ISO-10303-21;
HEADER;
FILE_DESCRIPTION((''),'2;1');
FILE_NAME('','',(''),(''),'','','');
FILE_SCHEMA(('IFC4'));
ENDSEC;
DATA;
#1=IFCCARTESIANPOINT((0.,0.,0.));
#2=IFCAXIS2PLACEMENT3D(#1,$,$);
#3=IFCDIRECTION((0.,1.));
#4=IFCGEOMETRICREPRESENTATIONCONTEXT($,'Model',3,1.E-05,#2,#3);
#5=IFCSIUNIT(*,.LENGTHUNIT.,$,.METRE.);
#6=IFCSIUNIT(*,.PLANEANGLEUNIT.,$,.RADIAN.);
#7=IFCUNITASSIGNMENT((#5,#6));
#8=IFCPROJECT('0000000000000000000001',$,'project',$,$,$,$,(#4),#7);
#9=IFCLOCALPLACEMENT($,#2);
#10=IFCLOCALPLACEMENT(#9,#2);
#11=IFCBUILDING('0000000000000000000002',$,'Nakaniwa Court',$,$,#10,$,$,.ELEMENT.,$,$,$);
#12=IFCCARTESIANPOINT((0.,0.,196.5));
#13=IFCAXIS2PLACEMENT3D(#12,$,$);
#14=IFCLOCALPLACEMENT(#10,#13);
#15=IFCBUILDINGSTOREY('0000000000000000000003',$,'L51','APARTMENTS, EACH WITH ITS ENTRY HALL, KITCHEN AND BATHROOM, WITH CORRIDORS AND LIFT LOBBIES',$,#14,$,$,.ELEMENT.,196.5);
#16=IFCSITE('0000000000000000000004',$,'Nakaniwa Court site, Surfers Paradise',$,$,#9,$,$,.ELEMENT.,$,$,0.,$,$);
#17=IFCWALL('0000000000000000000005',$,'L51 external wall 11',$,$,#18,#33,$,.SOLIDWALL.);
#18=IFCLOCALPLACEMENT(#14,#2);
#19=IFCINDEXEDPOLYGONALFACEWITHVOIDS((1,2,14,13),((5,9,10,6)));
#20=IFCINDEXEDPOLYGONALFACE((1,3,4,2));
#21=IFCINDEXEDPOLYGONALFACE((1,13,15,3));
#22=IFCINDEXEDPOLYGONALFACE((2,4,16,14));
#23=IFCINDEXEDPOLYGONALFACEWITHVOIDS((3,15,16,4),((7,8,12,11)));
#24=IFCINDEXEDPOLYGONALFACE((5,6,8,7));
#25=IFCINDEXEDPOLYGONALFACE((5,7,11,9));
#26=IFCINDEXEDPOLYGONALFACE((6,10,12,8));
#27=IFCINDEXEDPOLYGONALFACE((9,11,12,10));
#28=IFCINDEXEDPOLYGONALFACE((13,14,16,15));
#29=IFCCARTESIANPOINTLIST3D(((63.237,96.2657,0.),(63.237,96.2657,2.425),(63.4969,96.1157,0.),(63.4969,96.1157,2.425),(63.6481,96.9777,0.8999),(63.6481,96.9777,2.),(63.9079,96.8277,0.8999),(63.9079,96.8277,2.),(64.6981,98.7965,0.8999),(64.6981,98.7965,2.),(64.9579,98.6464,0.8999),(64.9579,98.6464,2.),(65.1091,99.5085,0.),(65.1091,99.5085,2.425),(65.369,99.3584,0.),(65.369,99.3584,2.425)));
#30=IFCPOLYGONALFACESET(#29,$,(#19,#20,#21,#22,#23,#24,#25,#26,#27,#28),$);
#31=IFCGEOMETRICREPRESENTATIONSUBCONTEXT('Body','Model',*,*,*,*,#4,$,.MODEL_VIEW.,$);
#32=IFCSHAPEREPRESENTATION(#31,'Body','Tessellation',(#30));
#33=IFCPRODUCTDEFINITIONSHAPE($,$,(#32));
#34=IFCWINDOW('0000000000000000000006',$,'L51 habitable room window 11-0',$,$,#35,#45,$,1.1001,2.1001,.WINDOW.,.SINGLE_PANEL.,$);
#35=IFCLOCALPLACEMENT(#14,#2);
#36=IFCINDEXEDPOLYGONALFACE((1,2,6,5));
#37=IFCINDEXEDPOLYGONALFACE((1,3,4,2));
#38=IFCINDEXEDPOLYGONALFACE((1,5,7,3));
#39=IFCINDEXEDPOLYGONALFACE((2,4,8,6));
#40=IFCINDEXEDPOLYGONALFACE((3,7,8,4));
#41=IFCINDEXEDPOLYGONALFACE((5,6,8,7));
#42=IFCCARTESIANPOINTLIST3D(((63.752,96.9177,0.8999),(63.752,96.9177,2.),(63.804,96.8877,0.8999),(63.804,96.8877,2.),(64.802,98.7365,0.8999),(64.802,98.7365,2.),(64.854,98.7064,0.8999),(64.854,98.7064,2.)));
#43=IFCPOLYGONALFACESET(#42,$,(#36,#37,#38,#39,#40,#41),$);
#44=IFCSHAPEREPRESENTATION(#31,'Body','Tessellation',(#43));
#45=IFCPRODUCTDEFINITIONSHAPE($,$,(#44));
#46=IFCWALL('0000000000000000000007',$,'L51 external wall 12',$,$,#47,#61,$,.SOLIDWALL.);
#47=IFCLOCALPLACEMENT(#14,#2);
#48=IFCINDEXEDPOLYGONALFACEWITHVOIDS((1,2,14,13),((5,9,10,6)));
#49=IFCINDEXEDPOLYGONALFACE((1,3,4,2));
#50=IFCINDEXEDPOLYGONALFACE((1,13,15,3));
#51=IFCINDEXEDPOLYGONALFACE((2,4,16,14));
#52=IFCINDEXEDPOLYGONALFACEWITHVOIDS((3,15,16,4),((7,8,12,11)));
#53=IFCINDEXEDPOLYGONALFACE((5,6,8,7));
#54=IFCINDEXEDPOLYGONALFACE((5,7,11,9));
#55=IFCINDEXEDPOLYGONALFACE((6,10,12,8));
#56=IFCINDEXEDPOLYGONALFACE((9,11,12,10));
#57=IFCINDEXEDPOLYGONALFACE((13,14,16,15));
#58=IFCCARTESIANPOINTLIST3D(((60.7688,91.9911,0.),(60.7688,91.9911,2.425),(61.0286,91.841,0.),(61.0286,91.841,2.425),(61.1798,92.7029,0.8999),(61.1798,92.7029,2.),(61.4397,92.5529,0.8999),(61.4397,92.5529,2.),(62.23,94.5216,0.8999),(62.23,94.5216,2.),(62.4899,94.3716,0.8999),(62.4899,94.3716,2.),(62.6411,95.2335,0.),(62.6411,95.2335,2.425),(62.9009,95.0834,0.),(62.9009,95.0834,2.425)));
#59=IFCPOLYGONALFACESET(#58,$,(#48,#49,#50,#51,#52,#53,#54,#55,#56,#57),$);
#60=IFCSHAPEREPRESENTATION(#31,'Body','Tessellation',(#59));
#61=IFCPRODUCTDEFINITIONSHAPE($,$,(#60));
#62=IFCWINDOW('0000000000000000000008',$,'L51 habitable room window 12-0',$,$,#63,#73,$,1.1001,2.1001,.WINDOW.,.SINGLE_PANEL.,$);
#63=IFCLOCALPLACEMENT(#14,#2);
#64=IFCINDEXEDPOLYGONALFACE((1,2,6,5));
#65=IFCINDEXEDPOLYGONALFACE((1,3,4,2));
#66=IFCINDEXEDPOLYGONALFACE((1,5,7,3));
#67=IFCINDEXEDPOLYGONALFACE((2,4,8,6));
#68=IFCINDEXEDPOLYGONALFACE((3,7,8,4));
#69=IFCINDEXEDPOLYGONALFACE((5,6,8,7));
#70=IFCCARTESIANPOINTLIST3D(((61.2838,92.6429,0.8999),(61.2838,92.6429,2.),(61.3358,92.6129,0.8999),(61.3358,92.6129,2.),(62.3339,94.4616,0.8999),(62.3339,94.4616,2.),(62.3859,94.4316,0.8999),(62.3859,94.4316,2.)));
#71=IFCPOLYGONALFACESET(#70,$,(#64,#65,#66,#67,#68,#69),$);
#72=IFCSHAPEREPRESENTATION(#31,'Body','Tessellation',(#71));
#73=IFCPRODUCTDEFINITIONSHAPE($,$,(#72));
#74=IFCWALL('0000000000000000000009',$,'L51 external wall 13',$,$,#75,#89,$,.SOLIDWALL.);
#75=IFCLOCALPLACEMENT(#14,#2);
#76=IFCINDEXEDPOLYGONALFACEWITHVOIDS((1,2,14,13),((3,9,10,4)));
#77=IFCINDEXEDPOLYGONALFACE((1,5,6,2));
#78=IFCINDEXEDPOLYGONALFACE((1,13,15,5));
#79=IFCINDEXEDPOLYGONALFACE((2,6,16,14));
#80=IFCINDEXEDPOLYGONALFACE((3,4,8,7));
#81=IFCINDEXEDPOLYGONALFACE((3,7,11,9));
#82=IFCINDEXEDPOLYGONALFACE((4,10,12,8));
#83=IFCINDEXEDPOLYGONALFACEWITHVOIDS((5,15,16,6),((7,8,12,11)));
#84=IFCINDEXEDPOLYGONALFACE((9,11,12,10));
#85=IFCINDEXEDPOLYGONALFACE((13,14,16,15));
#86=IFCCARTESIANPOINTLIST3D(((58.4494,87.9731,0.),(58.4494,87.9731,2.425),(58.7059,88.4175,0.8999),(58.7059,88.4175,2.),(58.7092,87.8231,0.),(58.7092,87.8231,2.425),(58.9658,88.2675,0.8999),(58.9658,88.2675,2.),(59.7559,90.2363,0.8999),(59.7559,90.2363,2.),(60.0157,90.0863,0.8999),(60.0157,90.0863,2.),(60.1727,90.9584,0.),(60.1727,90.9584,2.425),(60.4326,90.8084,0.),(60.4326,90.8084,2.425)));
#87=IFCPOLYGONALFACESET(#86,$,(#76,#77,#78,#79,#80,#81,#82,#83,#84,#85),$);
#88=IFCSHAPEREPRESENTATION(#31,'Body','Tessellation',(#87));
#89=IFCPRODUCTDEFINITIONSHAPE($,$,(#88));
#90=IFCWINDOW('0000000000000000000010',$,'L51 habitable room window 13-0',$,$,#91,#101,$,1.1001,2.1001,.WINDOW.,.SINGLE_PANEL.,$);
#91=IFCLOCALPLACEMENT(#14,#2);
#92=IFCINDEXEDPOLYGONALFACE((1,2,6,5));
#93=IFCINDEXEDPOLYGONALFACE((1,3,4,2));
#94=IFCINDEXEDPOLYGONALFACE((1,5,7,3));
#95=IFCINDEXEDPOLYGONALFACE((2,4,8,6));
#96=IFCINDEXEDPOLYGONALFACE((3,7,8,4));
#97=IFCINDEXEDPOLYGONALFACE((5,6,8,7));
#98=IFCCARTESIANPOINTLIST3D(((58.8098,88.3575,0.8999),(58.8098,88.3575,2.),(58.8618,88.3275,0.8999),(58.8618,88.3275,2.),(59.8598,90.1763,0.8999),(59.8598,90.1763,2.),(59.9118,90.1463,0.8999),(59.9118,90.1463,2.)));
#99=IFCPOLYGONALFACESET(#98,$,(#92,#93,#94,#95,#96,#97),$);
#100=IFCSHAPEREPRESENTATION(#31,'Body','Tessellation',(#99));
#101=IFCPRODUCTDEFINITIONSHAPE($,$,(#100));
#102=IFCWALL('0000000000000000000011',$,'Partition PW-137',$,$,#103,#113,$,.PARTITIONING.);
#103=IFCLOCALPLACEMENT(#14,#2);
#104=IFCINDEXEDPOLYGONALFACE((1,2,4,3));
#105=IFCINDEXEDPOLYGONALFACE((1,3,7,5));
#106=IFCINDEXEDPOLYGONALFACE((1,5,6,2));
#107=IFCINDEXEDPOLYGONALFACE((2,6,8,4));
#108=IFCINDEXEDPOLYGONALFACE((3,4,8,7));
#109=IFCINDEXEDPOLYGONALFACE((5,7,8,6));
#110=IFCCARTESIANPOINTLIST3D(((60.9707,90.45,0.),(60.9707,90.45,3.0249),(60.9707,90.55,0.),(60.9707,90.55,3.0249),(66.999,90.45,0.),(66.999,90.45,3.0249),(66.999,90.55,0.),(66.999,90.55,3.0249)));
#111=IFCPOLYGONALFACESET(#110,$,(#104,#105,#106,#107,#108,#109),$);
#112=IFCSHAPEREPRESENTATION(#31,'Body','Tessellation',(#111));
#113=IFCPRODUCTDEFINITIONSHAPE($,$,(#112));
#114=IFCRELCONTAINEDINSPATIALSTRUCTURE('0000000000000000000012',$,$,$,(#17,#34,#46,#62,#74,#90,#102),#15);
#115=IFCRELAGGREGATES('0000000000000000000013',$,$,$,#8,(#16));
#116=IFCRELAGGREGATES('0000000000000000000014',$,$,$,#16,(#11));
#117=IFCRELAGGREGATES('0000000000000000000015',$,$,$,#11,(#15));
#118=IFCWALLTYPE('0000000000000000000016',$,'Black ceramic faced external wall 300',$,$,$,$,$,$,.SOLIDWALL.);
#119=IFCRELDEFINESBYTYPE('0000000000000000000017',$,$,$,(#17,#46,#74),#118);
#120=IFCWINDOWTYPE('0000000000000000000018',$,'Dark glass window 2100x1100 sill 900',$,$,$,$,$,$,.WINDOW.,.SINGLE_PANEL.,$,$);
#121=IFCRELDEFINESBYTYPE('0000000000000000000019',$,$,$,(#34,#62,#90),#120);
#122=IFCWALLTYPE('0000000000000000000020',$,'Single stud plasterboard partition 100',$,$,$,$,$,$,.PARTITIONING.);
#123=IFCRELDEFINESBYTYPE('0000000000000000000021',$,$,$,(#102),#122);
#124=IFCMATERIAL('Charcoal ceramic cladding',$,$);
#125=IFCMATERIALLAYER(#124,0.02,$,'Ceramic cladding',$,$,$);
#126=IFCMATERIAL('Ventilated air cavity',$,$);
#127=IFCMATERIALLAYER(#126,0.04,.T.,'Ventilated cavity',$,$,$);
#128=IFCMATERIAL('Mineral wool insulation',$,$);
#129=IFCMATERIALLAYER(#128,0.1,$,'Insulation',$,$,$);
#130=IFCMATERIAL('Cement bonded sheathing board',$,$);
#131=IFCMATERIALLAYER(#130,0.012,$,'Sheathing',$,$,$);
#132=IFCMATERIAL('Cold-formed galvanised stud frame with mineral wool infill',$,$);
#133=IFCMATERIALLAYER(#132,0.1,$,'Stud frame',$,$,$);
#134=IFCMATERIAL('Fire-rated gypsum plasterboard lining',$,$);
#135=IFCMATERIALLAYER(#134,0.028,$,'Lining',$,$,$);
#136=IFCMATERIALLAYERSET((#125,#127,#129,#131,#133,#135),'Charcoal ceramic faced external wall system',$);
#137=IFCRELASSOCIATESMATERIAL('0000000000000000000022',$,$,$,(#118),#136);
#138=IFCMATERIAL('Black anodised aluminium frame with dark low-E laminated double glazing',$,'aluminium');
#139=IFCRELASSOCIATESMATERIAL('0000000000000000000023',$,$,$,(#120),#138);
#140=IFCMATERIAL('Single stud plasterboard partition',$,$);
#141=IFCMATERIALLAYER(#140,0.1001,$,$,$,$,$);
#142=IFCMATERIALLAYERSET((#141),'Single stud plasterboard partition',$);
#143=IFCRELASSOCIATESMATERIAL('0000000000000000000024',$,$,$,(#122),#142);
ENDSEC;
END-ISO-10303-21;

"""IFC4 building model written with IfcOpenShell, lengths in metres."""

from ifc_helpers import new_model, si_unit, direction, frame, frame_2d, origin, place, context, subcontext, project, spatial, rectangle, extrude, material, layer, layer_set, type_object, element, fill, save


model = new_model("IFC4")

# Units and contexts
model_context = context("Model", 3, precision=1e-05, world=origin(), true_north=direction((0.0, 1.0)))
body_context = subcontext(model_context, "Body", "Model", "MODEL_VIEW")
ifc_project = project(units=[si_unit("LENGTHUNIT", "METRE"), si_unit("PLANEANGLEUNIT", "RADIAN")], contexts=[model_context])

# Site, building, storey
site_placement = place(None, origin())
site = spatial("IfcSite", under=ifc_project, at=site_placement, Name="Nakaniwa Court site, Surfers Paradise", CompositionType="ELEMENT", RefElevation=0.0)
building_placement = place(site_placement, origin())
building = spatial("IfcBuilding", under=site, at=building_placement, Name="Nakaniwa Court", CompositionType="ELEMENT")
storey_placement = place(building_placement, frame((0.0, 0.0, 196.5)))
storey = spatial("IfcBuildingStorey", under=building, at=storey_placement, Name="L51", Description="APARTMENTS, EACH WITH ITS ENTRY HALL, KITCHEN AND BATHROOM, WITH CORRIDORS AND LIFT LOBBIES", CompositionType="ELEMENT", Elevation=196.5)

# Walls, openings, windows
ifc_material_1 = material(Name="Charcoal ceramic cladding")
ifc_layer_1 = layer(ifc_material_1, 0.02, Name="Ceramic cladding")
ifc_material_2 = material(Name="Ventilated air cavity")
ifc_layer_2 = layer(ifc_material_2, 0.04, ventilated=True, Name="Ventilated cavity")
ifc_material_3 = material(Name="Mineral wool insulation")
ifc_layer_3 = layer(ifc_material_3, 0.1, Name="Insulation")
ifc_material_4 = material(Name="Cement bonded sheathing board")
ifc_layer_4 = layer(ifc_material_4, 0.012, Name="Sheathing")
ifc_material_5 = material(Name="Cold-formed galvanised stud frame with mineral wool infill")
ifc_layer_5 = layer(ifc_material_5, 0.1, Name="Stud frame")
ifc_material_6 = material(Name="Fire-rated gypsum plasterboard lining")
ifc_layer_6 = layer(ifc_material_6, 0.028, Name="Lining")
ifc_layer_set_1 = layer_set([ifc_layer_1, ifc_layer_2, ifc_layer_3, ifc_layer_4, ifc_layer_5, ifc_layer_6], Name="Charcoal ceramic faced external wall system")
wall_type_1 = type_object("IfcWallType", Name="Black ceramic faced external wall 300", PredefinedType="SOLIDWALL", material=ifc_layer_set_1)
ifc_material_7 = material(Name="Black anodised aluminium frame with dark low-E laminated double glazing", Category="aluminium")
wall_1_placement = place(storey_placement, frame((65.239, 99.4333, 0.0), z_axis=(0.0, 0.0, 1.0), x_axis=(-0.499982, -0.866036, 0.0)))
wall_1 = element("IfcWall", 1, at=wall_1_placement, inside=storey, type_object=wall_type_1, Name="L51 external wall 11", PredefinedType="SOLIDWALL", context=body_context, shape_type="SweptSolid", body=[
    extrude(rectangle(XDim=3.7444, YDim=0.3, at=frame_2d((1.8721, 0.0))), origin(), (0.0, 0.0, 1.0), 2.425),
])
opening_1_placement = place(wall_1_placement, frame((0.822, 0.0, 0.8999)))
opening_1 = element("IfcOpeningElement", 2, at=opening_1_placement, cuts=wall_1, PredefinedType="OPENING", context=body_context, shape_type="SweptSolid", body=[
    extrude(rectangle(XDim=2.1001, YDim=1.1001, at=frame_2d((1.05, 0.55))), frame((0.0, 0.1599, 0.0), z_axis=(0.0, -1.0, 0.0), x_axis=(1.0, 0.0, 0.0)), (0.0, 0.0, 1.0), 0.3201),
])
window_type_1 = type_object("IfcWindowType", Name="Dark glass window 2100x1100 sill 900", PartitioningType="SINGLE_PANEL", PredefinedType="WINDOW", material=ifc_material_7)
window_1_placement = place(opening_1_placement, origin())
window_1 = element("IfcWindow", 3, at=window_1_placement, inside=storey, type_object=window_type_1, Name="L51 habitable room window 11-0", OverallHeight=1.1001, OverallWidth=2.1001, PartitioningType="SINGLE_PANEL", PredefinedType="WINDOW", context=body_context, shape_type="SweptSolid", body=[
    extrude(rectangle(XDim=2.1001, YDim=1.1001, at=frame_2d((1.05, 0.55))), frame((0.0, 0.03, 0.0), z_axis=(0.0, -1.0, 0.0), x_axis=(1.0, 0.0, 0.0)), (0.0, 0.0, 1.0), 0.0601),
])
fill(opening_1, window_1)
wall_2_placement = place(storey_placement, frame((62.771, 95.1584, 0.0), z_axis=(0.0, 0.0, 1.0), x_axis=(-0.500059, -0.865991, 0.0)))
wall_2 = element("IfcWall", 4, at=wall_2_placement, inside=storey, type_object=wall_type_1, Name="L51 external wall 12", PredefinedType="SOLIDWALL", context=body_context, shape_type="SweptSolid", body=[
    extrude(rectangle(XDim=3.7441, YDim=0.3, at=frame_2d((1.8721, 0.0))), origin(), (0.0, 0.0, 1.0), 2.425),
])
opening_2_placement = place(wall_2_placement, frame((0.822, 0.0, 0.8999)))
opening_2 = element("IfcOpeningElement", 5, at=opening_2_placement, cuts=wall_2, PredefinedType="OPENING", context=body_context, shape_type="SweptSolid", body=[
    extrude(rectangle(XDim=2.1001, YDim=1.1001, at=frame_2d((1.05, 0.55))), frame((0.0, 0.1599, 0.0), z_axis=(0.0, -1.0, 0.0), x_axis=(1.0, 0.0, 0.0)), (0.0, 0.0, 1.0), 0.3201),
])
window_2_placement = place(opening_2_placement, origin())
window_2 = element("IfcWindow", 6, at=window_2_placement, inside=storey, type_object=window_type_1, Name="L51 habitable room window 12-0", OverallHeight=1.1001, OverallWidth=2.1001, PartitioningType="SINGLE_PANEL", PredefinedType="WINDOW", context=body_context, shape_type="SweptSolid", body=[
    extrude(rectangle(XDim=2.1001, YDim=1.1001, at=frame_2d((1.05, 0.55))), frame((0.0, 0.03, 0.0), z_axis=(0.0, -1.0, 0.0), x_axis=(1.0, 0.0, 0.0)), (0.0, 0.0, 1.0), 0.0601),
])
fill(opening_2, window_2)
wall_3_placement = place(storey_placement, frame((60.3027, 90.8835, 0.0), z_axis=(0.0, 0.0, 1.0), x_axis=(-0.499955, -0.866051, 0.0)))
wall_3 = element("IfcWall", 7, at=wall_3_placement, inside=storey, type_object=wall_type_1, Name="L51 external wall 13", PredefinedType="SOLIDWALL", context=body_context, shape_type="SweptSolid", body=[
    extrude(rectangle(XDim=3.447, YDim=0.3, at=frame_2d((1.7236, 0.0))), origin(), (0.0, 0.0, 1.0), 2.425),
])
opening_3_placement = place(wall_3_placement, frame((0.834, 0.0, 0.8999)))
opening_3 = element("IfcOpeningElement", 8, at=opening_3_placement, cuts=wall_3, PredefinedType="OPENING", context=body_context, shape_type="SweptSolid", body=[
    extrude(rectangle(XDim=2.1001, YDim=1.1001, at=frame_2d((1.05, 0.55))), frame((0.0, 0.1599, 0.0), z_axis=(0.0, -1.0, 0.0), x_axis=(1.0, 0.0, 0.0)), (0.0, 0.0, 1.0), 0.3201),
])
window_3_placement = place(opening_3_placement, origin())
window_3 = element("IfcWindow", 9, at=window_3_placement, inside=storey, type_object=window_type_1, Name="L51 habitable room window 13-0", OverallHeight=1.1001, OverallWidth=2.1001, PartitioningType="SINGLE_PANEL", PredefinedType="WINDOW", context=body_context, shape_type="SweptSolid", body=[
    extrude(rectangle(XDim=2.1001, YDim=1.1001, at=frame_2d((1.05, 0.55))), frame((0.0, 0.03, 0.0), z_axis=(0.0, -1.0, 0.0), x_axis=(1.0, 0.0, 0.0)), (0.0, 0.0, 1.0), 0.0601),
])
fill(opening_3, window_3)

# Wall
ifc_material_8 = material(Name="Single stud plasterboard partition")
ifc_layer_7 = layer(ifc_material_8, 0.1001)
ifc_layer_set_2 = layer_set([ifc_layer_7], Name="Single stud plasterboard partition")
wall_type_2 = type_object("IfcWallType", Name="Single stud plasterboard partition 100", PredefinedType="PARTITIONING", material=ifc_layer_set_2)
wall_4_placement = place(storey_placement, frame((60.9707, 90.5, 0.0), z_axis=(0.0, 0.0, 1.0), x_axis=(1.0, 0.0, 0.0)))
element("IfcWall", 10, at=wall_4_placement, inside=storey, type_object=wall_type_2, Name="Partition PW-137", PredefinedType="PARTITIONING", context=body_context, shape_type="SweptSolid", body=[
    extrude(rectangle(XDim=6.0283, YDim=0.1001, at=frame_2d((3.0142, 0.0))), origin(), (0.0, 0.0, 1.0), 3.0249),
])

save(model, "model.ifc")
